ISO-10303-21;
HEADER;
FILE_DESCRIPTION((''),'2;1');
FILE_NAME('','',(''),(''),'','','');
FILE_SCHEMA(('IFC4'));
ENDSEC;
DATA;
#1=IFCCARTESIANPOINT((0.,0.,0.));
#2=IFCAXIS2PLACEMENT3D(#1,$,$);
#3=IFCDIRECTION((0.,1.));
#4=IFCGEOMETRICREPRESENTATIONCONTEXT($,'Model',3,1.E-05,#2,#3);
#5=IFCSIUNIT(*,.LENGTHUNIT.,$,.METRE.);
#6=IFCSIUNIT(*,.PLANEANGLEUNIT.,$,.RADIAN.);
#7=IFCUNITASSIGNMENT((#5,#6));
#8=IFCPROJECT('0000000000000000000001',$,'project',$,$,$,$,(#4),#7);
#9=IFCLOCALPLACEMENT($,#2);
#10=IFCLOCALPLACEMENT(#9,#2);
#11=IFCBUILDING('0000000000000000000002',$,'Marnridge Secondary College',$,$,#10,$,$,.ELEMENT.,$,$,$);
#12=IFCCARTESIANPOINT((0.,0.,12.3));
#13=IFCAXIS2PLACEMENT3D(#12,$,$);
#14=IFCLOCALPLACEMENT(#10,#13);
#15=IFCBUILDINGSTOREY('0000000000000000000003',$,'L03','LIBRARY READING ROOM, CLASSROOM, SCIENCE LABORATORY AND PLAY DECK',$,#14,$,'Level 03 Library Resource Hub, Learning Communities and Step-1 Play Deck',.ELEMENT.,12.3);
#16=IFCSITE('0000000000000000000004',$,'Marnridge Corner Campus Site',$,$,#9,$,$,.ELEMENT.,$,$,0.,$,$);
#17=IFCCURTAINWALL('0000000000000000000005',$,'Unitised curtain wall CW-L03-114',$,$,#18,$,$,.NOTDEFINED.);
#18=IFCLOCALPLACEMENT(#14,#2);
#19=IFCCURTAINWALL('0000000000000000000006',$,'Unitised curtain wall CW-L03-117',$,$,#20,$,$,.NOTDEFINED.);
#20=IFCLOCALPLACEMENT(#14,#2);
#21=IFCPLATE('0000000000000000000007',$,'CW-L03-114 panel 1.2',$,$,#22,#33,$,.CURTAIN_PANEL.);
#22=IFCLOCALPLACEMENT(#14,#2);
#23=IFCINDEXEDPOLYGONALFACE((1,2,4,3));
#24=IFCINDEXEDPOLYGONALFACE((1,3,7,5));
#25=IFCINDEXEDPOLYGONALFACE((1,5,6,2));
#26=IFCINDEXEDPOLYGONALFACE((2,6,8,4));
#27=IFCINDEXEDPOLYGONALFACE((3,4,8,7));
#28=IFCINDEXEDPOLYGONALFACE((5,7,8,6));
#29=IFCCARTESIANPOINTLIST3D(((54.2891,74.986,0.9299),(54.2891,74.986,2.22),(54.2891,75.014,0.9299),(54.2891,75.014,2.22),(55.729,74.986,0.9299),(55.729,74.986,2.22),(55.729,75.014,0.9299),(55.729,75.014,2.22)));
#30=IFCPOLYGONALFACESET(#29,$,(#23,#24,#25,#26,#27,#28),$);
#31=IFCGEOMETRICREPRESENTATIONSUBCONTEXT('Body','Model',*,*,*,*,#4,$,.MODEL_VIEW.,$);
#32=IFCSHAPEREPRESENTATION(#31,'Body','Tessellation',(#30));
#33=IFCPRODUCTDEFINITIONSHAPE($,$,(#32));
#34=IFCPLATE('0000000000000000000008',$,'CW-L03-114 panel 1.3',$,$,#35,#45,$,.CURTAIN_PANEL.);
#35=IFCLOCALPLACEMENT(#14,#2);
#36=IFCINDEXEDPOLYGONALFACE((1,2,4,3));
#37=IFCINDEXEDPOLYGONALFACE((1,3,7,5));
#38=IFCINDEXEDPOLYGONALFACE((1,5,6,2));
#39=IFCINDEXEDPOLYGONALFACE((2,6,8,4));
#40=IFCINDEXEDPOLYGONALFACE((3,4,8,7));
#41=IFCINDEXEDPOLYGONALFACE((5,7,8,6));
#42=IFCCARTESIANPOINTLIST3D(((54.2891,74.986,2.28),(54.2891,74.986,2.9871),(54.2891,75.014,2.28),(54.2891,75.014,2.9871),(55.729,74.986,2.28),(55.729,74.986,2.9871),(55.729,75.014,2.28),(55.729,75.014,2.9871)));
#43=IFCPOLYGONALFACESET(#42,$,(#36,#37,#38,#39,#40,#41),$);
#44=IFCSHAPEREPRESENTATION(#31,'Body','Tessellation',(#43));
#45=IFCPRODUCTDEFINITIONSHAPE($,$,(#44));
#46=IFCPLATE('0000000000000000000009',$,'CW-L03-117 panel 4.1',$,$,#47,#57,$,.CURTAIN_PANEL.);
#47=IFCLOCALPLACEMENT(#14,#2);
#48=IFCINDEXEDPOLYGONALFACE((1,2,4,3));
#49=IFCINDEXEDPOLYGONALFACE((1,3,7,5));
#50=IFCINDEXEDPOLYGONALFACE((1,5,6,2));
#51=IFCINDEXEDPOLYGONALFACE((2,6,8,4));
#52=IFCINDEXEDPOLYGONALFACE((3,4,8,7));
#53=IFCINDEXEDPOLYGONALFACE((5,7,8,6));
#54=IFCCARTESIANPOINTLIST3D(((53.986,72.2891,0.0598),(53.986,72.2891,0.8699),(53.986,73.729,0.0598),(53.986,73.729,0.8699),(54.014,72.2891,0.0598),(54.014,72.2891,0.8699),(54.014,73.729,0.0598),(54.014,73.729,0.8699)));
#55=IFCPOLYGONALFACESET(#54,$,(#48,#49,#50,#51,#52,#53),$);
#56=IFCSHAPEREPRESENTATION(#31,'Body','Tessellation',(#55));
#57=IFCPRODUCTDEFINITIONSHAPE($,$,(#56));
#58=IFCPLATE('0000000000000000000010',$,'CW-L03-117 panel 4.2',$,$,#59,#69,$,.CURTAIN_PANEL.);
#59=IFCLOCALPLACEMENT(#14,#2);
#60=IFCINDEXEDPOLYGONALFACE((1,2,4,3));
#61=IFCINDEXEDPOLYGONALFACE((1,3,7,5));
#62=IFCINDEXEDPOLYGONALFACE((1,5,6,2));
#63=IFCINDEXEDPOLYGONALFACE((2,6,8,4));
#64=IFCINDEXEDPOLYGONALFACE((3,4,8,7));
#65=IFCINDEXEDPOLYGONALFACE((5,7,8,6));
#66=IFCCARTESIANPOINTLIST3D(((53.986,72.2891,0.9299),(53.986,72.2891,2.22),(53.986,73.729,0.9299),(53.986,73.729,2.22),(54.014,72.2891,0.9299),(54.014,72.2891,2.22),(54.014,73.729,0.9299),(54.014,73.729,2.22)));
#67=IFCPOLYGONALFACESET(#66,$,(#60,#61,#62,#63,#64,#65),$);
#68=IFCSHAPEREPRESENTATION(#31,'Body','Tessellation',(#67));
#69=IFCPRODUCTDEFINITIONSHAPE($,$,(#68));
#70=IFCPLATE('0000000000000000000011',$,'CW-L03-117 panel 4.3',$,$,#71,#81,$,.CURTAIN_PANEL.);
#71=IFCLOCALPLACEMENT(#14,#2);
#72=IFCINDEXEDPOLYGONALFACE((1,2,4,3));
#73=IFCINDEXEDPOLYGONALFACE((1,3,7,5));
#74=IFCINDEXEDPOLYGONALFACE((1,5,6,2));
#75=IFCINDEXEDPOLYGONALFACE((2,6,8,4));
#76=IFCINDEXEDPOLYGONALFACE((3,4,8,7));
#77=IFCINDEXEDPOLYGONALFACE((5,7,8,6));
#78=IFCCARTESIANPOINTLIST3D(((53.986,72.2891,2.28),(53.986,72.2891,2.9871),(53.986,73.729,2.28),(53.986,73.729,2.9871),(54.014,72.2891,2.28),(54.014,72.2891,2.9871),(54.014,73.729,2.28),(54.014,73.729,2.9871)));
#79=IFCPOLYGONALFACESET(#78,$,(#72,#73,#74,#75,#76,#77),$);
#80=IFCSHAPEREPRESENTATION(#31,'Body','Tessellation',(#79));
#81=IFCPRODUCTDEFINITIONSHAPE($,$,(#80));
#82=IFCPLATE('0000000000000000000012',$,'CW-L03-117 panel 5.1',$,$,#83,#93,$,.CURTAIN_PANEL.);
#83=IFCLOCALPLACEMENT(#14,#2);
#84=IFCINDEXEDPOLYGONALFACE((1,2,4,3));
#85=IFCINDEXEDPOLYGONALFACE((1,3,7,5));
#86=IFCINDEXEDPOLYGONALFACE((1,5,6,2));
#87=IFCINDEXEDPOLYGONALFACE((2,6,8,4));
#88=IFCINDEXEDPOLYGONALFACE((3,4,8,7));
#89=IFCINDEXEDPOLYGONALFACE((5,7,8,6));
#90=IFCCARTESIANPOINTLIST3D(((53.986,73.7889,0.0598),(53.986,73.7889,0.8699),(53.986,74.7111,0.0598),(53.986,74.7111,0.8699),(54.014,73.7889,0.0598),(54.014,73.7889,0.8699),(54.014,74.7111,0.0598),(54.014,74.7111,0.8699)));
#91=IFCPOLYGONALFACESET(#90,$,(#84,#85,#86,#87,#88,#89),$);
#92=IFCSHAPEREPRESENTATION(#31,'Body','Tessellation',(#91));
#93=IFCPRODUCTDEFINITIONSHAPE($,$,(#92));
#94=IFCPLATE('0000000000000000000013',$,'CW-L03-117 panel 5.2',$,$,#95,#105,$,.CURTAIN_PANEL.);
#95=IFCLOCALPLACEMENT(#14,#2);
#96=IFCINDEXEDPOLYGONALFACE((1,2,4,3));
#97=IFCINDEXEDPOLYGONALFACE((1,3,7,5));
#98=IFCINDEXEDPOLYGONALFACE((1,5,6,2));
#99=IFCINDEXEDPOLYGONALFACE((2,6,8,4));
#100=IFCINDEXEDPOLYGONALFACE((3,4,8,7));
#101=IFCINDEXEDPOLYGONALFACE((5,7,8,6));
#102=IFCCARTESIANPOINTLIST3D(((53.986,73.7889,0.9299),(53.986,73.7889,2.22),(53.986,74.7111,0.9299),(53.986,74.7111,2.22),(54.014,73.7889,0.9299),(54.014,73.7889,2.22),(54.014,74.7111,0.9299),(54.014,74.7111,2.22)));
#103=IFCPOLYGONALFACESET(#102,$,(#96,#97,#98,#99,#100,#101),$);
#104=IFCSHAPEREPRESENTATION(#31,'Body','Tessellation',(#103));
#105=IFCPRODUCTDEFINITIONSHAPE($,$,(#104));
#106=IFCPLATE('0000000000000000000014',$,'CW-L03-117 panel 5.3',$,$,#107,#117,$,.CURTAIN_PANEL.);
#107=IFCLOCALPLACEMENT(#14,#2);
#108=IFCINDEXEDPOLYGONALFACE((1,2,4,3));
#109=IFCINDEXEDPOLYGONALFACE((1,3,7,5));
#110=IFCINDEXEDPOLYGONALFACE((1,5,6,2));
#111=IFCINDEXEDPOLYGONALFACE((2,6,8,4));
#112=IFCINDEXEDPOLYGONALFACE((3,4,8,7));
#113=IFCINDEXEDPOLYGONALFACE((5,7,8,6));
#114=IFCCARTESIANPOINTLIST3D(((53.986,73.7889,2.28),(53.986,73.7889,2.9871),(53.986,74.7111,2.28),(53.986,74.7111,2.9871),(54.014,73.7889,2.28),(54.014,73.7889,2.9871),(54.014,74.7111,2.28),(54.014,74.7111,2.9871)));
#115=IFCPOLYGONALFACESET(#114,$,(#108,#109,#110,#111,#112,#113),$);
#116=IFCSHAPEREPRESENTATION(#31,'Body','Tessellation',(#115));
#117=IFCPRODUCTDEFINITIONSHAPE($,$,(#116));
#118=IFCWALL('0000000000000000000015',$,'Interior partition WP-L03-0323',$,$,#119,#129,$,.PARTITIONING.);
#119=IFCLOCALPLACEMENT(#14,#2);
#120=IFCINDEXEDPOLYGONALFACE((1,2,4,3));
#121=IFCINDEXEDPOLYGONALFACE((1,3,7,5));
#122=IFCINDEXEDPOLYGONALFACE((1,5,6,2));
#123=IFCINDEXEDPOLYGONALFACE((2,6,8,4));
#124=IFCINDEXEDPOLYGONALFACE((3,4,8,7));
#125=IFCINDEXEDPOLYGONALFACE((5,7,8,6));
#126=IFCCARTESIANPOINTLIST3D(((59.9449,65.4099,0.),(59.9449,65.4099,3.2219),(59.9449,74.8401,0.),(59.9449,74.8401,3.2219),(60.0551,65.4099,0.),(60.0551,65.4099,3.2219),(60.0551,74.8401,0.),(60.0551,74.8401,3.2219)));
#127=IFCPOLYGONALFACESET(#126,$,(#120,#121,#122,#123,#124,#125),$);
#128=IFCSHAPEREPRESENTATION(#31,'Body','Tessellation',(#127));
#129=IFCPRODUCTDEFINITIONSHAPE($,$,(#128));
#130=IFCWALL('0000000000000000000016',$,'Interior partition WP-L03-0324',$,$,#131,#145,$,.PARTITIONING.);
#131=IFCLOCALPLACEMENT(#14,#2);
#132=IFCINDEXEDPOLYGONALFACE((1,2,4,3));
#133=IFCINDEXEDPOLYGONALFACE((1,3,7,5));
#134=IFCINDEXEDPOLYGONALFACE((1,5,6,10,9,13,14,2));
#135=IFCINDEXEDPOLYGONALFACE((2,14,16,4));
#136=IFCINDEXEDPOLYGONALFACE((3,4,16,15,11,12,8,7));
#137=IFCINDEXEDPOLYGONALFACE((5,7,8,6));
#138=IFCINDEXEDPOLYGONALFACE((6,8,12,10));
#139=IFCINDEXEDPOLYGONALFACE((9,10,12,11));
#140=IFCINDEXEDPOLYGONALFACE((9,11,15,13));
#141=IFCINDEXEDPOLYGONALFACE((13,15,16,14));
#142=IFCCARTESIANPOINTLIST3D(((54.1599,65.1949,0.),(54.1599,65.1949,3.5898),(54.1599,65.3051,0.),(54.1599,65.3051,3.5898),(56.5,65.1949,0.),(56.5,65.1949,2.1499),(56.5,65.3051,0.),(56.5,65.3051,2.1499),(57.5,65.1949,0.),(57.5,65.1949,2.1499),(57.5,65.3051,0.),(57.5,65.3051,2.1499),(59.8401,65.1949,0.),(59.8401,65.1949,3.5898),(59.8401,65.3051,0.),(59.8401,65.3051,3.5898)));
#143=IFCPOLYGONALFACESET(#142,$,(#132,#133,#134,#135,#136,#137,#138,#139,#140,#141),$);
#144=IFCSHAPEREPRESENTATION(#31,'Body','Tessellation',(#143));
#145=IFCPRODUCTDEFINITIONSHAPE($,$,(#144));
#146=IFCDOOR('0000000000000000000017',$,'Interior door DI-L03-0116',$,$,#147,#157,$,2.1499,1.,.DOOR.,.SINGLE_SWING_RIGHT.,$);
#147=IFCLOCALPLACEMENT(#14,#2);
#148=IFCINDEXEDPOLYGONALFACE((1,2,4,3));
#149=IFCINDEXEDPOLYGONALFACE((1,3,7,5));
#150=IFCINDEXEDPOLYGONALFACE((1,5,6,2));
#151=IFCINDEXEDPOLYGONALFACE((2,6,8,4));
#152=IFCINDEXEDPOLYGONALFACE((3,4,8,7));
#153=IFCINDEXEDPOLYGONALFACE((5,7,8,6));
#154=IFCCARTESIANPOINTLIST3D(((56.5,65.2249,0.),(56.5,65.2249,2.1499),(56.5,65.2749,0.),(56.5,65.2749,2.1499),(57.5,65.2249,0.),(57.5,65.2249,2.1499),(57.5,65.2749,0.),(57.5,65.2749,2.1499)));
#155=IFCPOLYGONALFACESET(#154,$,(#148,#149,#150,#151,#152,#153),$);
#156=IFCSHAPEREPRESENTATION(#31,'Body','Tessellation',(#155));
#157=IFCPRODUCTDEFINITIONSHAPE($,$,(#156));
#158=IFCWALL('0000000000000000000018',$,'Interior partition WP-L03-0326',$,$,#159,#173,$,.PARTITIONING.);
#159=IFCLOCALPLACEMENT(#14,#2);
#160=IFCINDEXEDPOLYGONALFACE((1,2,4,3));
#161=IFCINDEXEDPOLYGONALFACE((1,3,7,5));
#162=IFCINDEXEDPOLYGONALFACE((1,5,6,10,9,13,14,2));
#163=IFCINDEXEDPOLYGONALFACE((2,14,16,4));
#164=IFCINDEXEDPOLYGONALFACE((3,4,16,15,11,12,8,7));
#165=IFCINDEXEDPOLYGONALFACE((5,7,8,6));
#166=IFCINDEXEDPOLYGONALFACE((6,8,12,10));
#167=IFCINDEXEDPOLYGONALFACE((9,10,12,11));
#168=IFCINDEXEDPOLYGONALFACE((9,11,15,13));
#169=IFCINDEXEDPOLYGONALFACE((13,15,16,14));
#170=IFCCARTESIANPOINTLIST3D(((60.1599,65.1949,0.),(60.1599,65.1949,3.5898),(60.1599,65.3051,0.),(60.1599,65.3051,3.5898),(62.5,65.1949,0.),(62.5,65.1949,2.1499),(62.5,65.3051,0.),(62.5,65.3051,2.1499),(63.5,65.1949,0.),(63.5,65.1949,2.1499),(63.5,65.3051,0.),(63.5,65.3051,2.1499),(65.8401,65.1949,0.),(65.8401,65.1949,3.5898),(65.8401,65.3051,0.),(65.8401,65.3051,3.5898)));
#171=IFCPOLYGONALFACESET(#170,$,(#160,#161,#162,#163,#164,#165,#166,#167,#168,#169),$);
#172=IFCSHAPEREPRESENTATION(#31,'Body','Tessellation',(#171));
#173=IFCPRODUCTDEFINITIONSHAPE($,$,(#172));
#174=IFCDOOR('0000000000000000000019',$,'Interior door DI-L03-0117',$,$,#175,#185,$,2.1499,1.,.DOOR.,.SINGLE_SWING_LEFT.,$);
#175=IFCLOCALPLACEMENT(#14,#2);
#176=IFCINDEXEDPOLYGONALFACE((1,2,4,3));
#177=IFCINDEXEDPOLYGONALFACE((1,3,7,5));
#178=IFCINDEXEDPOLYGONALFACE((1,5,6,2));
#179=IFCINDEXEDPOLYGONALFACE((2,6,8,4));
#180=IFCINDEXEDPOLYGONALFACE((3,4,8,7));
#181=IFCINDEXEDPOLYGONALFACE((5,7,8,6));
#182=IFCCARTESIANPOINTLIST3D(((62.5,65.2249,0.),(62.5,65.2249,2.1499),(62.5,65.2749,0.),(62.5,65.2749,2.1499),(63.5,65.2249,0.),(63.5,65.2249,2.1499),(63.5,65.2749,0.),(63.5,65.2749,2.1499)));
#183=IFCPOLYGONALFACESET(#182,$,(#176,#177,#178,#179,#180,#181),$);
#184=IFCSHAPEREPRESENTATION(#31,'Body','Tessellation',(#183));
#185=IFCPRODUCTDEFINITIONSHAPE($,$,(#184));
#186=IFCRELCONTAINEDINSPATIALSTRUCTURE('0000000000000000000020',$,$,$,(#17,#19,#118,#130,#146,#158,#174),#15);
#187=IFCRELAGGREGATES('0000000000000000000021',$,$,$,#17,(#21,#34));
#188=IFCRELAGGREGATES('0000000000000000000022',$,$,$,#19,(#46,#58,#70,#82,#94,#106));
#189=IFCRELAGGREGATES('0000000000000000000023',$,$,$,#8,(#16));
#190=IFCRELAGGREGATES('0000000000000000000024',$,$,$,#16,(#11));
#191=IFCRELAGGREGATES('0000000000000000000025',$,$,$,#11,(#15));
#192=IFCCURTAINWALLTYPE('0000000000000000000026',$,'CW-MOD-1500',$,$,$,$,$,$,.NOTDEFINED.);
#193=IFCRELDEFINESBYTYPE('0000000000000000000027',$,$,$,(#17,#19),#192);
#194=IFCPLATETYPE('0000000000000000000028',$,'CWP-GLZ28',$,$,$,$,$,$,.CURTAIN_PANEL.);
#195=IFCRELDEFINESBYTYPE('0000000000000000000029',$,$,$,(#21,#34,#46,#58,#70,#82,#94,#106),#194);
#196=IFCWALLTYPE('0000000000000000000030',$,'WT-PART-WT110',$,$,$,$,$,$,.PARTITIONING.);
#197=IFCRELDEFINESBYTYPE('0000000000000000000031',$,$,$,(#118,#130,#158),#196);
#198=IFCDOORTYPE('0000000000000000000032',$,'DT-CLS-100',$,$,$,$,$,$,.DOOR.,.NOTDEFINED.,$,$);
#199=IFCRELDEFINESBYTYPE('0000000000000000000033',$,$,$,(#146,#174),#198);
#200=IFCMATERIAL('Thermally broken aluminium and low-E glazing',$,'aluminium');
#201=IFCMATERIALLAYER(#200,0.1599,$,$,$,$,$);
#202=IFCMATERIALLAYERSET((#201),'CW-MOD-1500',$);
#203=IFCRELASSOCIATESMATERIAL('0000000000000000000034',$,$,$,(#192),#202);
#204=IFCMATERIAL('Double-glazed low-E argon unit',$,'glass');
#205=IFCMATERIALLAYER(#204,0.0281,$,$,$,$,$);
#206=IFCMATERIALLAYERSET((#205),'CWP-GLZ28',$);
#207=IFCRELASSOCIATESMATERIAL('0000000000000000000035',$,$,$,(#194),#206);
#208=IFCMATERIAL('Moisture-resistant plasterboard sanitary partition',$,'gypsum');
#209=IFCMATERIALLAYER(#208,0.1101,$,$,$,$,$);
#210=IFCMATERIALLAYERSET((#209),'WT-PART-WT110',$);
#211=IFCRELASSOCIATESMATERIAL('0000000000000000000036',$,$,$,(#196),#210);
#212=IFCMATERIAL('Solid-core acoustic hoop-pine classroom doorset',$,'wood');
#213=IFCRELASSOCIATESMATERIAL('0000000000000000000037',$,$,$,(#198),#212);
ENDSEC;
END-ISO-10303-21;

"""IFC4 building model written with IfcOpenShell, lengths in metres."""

from ifc_helpers import new_model, si_unit, direction, frame, frame_2d, origin, origin_2d, place, context, subcontext, project, spatial, rectangle, extrude, material, layer, layer_set, type_object, element, fill, aggregate, save


model = new_model("IFC4")

# Units and contexts
model_context = context("Model", 3, precision=1e-05, world=origin(), true_north=direction((0.0, 1.0)))
body_context = subcontext(model_context, "Body", "Model", "MODEL_VIEW")
ifc_project = project(units=[si_unit("LENGTHUNIT", "METRE"), si_unit("PLANEANGLEUNIT", "RADIAN")], contexts=[model_context])

# Site, building, storey
site_placement = place(None, origin())
site = spatial("IfcSite", under=ifc_project, at=site_placement, Name="Marnridge Corner Campus Site", CompositionType="ELEMENT", RefElevation=0.0)
building_placement = place(site_placement, origin())
building = spatial("IfcBuilding", under=site, at=building_placement, Name="Marnridge Secondary College", CompositionType="ELEMENT")
storey_placement = place(building_placement, frame((0.0, 0.0, 12.3)))
storey = spatial("IfcBuildingStorey", under=building, at=storey_placement, Name="L03", Description="LIBRARY READING ROOM, CLASSROOM, SCIENCE LABORATORY AND PLAY DECK", LongName="Level 03 Library Resource Hub, Learning Communities and Step-1 Play Deck", CompositionType="ELEMENT", Elevation=12.3)

# Curtain walls
ifc_material_1 = material(Name="Thermally broken aluminium and low-E glazing", Category="aluminium")
ifc_layer_1 = layer(ifc_material_1, 0.1599)
ifc_layer_set_1 = layer_set([ifc_layer_1], Name="CW-MOD-1500")
curtain_wall_type = type_object("IfcCurtainWallType", Name="CW-MOD-1500", PredefinedType="NOTDEFINED", material=ifc_layer_set_1)
curtain_wall_1_placement = place(storey_placement, origin())
curtain_wall_1 = element("IfcCurtainWall", 1, at=curtain_wall_1_placement, inside=storey, type_object=curtain_wall_type, Name="Unitised curtain wall CW-L03-114", PredefinedType="NOTDEFINED")
curtain_wall_2_placement = place(storey_placement, origin())
curtain_wall_2 = element("IfcCurtainWall", 2, at=curtain_wall_2_placement, inside=storey, type_object=curtain_wall_type, Name="Unitised curtain wall CW-L03-117", PredefinedType="NOTDEFINED")

# Plates
ifc_material_2 = material(Name="Double-glazed low-E argon unit", Category="glass")
ifc_layer_2 = layer(ifc_material_2, 0.0281)
ifc_layer_set_2 = layer_set([ifc_layer_2], Name="CWP-GLZ28")
plate_type = type_object("IfcPlateType", Name="CWP-GLZ28", PredefinedType="CURTAIN_PANEL", material=ifc_layer_set_2)
plate_1_placement = place(storey_placement, frame((55.009, 75.0, 0.9299), z_axis=(0.0, 0.0, 1.0), x_axis=(1.0, 0.0, 0.0)))
plate_1 = element("IfcPlate", 3, at=plate_1_placement, type_object=plate_type, Name="CW-L03-114 panel 1.2", PredefinedType="CURTAIN_PANEL", context=body_context, shape_type="SweptSolid", body=[
    extrude(rectangle(XDim=1.4399, YDim=0.0281, at=origin_2d()), origin(), (0.0, 0.0, 1.0), 1.29),
])
plate_2_placement = place(storey_placement, frame((55.009, 75.0, 2.28), z_axis=(0.0, 0.0, 1.0), x_axis=(1.0, 0.0, 0.0)))
plate_2 = element("IfcPlate", 4, at=plate_2_placement, type_object=plate_type, Name="CW-L03-114 panel 1.3", PredefinedType="CURTAIN_PANEL", context=body_context, shape_type="SweptSolid", body=[
    extrude(rectangle(XDim=1.4399, YDim=0.0281, at=origin_2d()), origin(), (0.0, 0.0, 1.0), 0.707),
])
aggregate(curtain_wall_1, [plate_1, plate_2])
plate_3_placement = place(storey_placement, frame((54.0, 73.009, 0.0598), z_axis=(0.0, 0.0, 1.0), x_axis=(0.0, 1.0, 0.0)))
plate_3 = element("IfcPlate", 5, at=plate_3_placement, type_object=plate_type, Name="CW-L03-117 panel 4.1", PredefinedType="CURTAIN_PANEL", context=body_context, shape_type="SweptSolid", body=[
    extrude(rectangle(XDim=1.4399, YDim=0.0281, at=origin_2d()), origin(), (0.0, 0.0, 1.0), 0.8101),
])
plate_4_placement = place(storey_placement, frame((54.0, 73.009, 0.9299), z_axis=(0.0, 0.0, 1.0), x_axis=(0.0, 1.0, 0.0)))
plate_4 = element("IfcPlate", 6, at=plate_4_placement, type_object=plate_type, Name="CW-L03-117 panel 4.2", PredefinedType="CURTAIN_PANEL", context=body_context, shape_type="SweptSolid", body=[
    extrude(rectangle(XDim=1.4399, YDim=0.0281, at=origin_2d()), origin(), (0.0, 0.0, 1.0), 1.29),
])
plate_5_placement = place(storey_placement, frame((54.0, 73.009, 2.28), z_axis=(0.0, 0.0, 1.0), x_axis=(0.0, 1.0, 0.0)))
plate_5 = element("IfcPlate", 7, at=plate_5_placement, type_object=plate_type, Name="CW-L03-117 panel 4.3", PredefinedType="CURTAIN_PANEL", context=body_context, shape_type="SweptSolid", body=[
    extrude(rectangle(XDim=1.4399, YDim=0.0281, at=origin_2d()), origin(), (0.0, 0.0, 1.0), 0.707),
])
plate_6_placement = place(storey_placement, frame((54.0, 74.25, 0.0598), z_axis=(0.0, 0.0, 1.0), x_axis=(0.0, 1.0, 0.0)))
plate_6 = element("IfcPlate", 8, at=plate_6_placement, type_object=plate_type, Name="CW-L03-117 panel 5.1", PredefinedType="CURTAIN_PANEL", context=body_context, shape_type="SweptSolid", body=[
    extrude(rectangle(XDim=0.9221, YDim=0.0281, at=origin_2d()), origin(), (0.0, 0.0, 1.0), 0.8101),
])
plate_7_placement = place(storey_placement, frame((54.0, 74.25, 0.9299), z_axis=(0.0, 0.0, 1.0), x_axis=(0.0, 1.0, 0.0)))
plate_7 = element("IfcPlate", 9, at=plate_7_placement, type_object=plate_type, Name="CW-L03-117 panel 5.2", PredefinedType="CURTAIN_PANEL", context=body_context, shape_type="SweptSolid", body=[
    extrude(rectangle(XDim=0.9221, YDim=0.0281, at=origin_2d()), origin(), (0.0, 0.0, 1.0), 1.29),
])
plate_8_placement = place(storey_placement, frame((54.0, 74.25, 2.28), z_axis=(0.0, 0.0, 1.0), x_axis=(0.0, 1.0, 0.0)))
plate_8 = element("IfcPlate", 10, at=plate_8_placement, type_object=plate_type, Name="CW-L03-117 panel 5.3", PredefinedType="CURTAIN_PANEL", context=body_context, shape_type="SweptSolid", body=[
    extrude(rectangle(XDim=0.9221, YDim=0.0281, at=origin_2d()), origin(), (0.0, 0.0, 1.0), 0.707),
])
aggregate(curtain_wall_2, [plate_3, plate_4, plate_5, plate_6, plate_7, plate_8])

# Wall
ifc_material_3 = material(Name="Moisture-resistant plasterboard sanitary partition", Category="gypsum")
ifc_layer_3 = layer(ifc_material_3, 0.1101)
ifc_layer_set_3 = layer_set([ifc_layer_3], Name="WT-PART-WT110")
wall_type = type_object("IfcWallType", Name="WT-PART-WT110", PredefinedType="PARTITIONING", material=ifc_layer_set_3)
wall_1_placement = place(storey_placement, frame((60.0, 65.4099, 0.0), z_axis=(0.0, 0.0, 1.0), x_axis=(0.0, 1.0, 0.0)))
element("IfcWall", 11, at=wall_1_placement, inside=storey, type_object=wall_type, Name="Interior partition WP-L03-0323", PredefinedType="PARTITIONING", context=body_context, shape_type="SweptSolid", body=[
    extrude(rectangle(XDim=9.4302, YDim=0.1101, at=frame_2d((4.7151, 0.0))), origin(), (0.0, 0.0, 1.0), 3.2219),
])

# Walls, openings, doors
wall_2_placement = place(storey_placement, frame((54.1599, 65.25, 0.0), z_axis=(0.0, 0.0, 1.0), x_axis=(1.0, 0.0, 0.0)))
wall_2 = element("IfcWall", 12, at=wall_2_placement, inside=storey, type_object=wall_type, Name="Interior partition WP-L03-0324", PredefinedType="PARTITIONING", context=body_context, shape_type="SweptSolid", body=[
    extrude(rectangle(XDim=5.6802, YDim=0.1101, at=frame_2d((2.8401, 0.0))), origin(), (0.0, 0.0, 1.0), 3.5898),
])
opening_1_placement = place(wall_2_placement, frame((2.3401, 0.0, 0.0)))
opening_1 = element("IfcOpeningElement", 13, at=opening_1_placement, cuts=wall_2, PredefinedType="OPENING", context=body_context, shape_type="SweptSolid", body=[
    extrude(rectangle(XDim=1.0, YDim=2.1499, at=frame_2d((0.5, 1.075))), frame((0.0, 0.0649, 0.0), z_axis=(0.0, -1.0, 0.0), x_axis=(1.0, 0.0, 0.0)), (0.0, 0.0, 1.0), 0.1301),
])
ifc_material_4 = material(Name="Solid-core acoustic hoop-pine classroom doorset", Category="wood")
door_type = type_object("IfcDoorType", Name="DT-CLS-100", OperationType="NOTDEFINED", PredefinedType="DOOR", material=ifc_material_4)
door_1_placement = place(opening_1_placement, origin())
door_1 = element("IfcDoor", 14, at=door_1_placement, inside=storey, type_object=door_type, Name="Interior door DI-L03-0116", OperationType="SINGLE_SWING_RIGHT", OverallHeight=2.1499, OverallWidth=1.0, PredefinedType="DOOR", context=body_context, shape_type="SweptSolid", body=[
    extrude(rectangle(XDim=1.0, YDim=2.1499, at=frame_2d((0.5, 1.075))), frame((0.0, 0.0249, 0.0), z_axis=(0.0, -1.0, 0.0), x_axis=(1.0, 0.0, 0.0)), (0.0, 0.0, 1.0), 0.05),
])
fill(opening_1, door_1)
wall_3_placement = place(storey_placement, frame((60.1599, 65.25, 0.0), z_axis=(0.0, 0.0, 1.0), x_axis=(1.0, 0.0, 0.0)))
wall_3 = element("IfcWall", 15, at=wall_3_placement, inside=storey, type_object=wall_type, Name="Interior partition WP-L03-0326", PredefinedType="PARTITIONING", context=body_context, shape_type="SweptSolid", body=[
    extrude(rectangle(XDim=5.6802, YDim=0.1101, at=frame_2d((2.8401, 0.0))), origin(), (0.0, 0.0, 1.0), 3.5898),
])
opening_2_placement = place(wall_3_placement, frame((2.3401, 0.0, 0.0)))
opening_2 = element("IfcOpeningElement", 16, at=opening_2_placement, cuts=wall_3, PredefinedType="OPENING", context=body_context, shape_type="SweptSolid", body=[
    extrude(rectangle(XDim=1.0, YDim=2.1499, at=frame_2d((0.5, 1.075))), frame((0.0, 0.0649, 0.0), z_axis=(0.0, -1.0, 0.0), x_axis=(1.0, 0.0, 0.0)), (0.0, 0.0, 1.0), 0.1301),
])
door_2_placement = place(opening_2_placement, origin())
door_2 = element("IfcDoor", 17, at=door_2_placement, inside=storey, type_object=door_type, Name="Interior door DI-L03-0117", OperationType="SINGLE_SWING_LEFT", OverallHeight=2.1499, OverallWidth=1.0, PredefinedType="DOOR", context=body_context, shape_type="SweptSolid", body=[
    extrude(rectangle(XDim=1.0, YDim=2.1499, at=frame_2d((0.5, 1.075))), frame((0.0, 0.0249, 0.0), z_axis=(0.0, -1.0, 0.0), x_axis=(1.0, 0.0, 0.0)), (0.0, 0.0, 1.0), 0.05),
])
fill(opening_2, door_2)

save(model, "model.ifc")
